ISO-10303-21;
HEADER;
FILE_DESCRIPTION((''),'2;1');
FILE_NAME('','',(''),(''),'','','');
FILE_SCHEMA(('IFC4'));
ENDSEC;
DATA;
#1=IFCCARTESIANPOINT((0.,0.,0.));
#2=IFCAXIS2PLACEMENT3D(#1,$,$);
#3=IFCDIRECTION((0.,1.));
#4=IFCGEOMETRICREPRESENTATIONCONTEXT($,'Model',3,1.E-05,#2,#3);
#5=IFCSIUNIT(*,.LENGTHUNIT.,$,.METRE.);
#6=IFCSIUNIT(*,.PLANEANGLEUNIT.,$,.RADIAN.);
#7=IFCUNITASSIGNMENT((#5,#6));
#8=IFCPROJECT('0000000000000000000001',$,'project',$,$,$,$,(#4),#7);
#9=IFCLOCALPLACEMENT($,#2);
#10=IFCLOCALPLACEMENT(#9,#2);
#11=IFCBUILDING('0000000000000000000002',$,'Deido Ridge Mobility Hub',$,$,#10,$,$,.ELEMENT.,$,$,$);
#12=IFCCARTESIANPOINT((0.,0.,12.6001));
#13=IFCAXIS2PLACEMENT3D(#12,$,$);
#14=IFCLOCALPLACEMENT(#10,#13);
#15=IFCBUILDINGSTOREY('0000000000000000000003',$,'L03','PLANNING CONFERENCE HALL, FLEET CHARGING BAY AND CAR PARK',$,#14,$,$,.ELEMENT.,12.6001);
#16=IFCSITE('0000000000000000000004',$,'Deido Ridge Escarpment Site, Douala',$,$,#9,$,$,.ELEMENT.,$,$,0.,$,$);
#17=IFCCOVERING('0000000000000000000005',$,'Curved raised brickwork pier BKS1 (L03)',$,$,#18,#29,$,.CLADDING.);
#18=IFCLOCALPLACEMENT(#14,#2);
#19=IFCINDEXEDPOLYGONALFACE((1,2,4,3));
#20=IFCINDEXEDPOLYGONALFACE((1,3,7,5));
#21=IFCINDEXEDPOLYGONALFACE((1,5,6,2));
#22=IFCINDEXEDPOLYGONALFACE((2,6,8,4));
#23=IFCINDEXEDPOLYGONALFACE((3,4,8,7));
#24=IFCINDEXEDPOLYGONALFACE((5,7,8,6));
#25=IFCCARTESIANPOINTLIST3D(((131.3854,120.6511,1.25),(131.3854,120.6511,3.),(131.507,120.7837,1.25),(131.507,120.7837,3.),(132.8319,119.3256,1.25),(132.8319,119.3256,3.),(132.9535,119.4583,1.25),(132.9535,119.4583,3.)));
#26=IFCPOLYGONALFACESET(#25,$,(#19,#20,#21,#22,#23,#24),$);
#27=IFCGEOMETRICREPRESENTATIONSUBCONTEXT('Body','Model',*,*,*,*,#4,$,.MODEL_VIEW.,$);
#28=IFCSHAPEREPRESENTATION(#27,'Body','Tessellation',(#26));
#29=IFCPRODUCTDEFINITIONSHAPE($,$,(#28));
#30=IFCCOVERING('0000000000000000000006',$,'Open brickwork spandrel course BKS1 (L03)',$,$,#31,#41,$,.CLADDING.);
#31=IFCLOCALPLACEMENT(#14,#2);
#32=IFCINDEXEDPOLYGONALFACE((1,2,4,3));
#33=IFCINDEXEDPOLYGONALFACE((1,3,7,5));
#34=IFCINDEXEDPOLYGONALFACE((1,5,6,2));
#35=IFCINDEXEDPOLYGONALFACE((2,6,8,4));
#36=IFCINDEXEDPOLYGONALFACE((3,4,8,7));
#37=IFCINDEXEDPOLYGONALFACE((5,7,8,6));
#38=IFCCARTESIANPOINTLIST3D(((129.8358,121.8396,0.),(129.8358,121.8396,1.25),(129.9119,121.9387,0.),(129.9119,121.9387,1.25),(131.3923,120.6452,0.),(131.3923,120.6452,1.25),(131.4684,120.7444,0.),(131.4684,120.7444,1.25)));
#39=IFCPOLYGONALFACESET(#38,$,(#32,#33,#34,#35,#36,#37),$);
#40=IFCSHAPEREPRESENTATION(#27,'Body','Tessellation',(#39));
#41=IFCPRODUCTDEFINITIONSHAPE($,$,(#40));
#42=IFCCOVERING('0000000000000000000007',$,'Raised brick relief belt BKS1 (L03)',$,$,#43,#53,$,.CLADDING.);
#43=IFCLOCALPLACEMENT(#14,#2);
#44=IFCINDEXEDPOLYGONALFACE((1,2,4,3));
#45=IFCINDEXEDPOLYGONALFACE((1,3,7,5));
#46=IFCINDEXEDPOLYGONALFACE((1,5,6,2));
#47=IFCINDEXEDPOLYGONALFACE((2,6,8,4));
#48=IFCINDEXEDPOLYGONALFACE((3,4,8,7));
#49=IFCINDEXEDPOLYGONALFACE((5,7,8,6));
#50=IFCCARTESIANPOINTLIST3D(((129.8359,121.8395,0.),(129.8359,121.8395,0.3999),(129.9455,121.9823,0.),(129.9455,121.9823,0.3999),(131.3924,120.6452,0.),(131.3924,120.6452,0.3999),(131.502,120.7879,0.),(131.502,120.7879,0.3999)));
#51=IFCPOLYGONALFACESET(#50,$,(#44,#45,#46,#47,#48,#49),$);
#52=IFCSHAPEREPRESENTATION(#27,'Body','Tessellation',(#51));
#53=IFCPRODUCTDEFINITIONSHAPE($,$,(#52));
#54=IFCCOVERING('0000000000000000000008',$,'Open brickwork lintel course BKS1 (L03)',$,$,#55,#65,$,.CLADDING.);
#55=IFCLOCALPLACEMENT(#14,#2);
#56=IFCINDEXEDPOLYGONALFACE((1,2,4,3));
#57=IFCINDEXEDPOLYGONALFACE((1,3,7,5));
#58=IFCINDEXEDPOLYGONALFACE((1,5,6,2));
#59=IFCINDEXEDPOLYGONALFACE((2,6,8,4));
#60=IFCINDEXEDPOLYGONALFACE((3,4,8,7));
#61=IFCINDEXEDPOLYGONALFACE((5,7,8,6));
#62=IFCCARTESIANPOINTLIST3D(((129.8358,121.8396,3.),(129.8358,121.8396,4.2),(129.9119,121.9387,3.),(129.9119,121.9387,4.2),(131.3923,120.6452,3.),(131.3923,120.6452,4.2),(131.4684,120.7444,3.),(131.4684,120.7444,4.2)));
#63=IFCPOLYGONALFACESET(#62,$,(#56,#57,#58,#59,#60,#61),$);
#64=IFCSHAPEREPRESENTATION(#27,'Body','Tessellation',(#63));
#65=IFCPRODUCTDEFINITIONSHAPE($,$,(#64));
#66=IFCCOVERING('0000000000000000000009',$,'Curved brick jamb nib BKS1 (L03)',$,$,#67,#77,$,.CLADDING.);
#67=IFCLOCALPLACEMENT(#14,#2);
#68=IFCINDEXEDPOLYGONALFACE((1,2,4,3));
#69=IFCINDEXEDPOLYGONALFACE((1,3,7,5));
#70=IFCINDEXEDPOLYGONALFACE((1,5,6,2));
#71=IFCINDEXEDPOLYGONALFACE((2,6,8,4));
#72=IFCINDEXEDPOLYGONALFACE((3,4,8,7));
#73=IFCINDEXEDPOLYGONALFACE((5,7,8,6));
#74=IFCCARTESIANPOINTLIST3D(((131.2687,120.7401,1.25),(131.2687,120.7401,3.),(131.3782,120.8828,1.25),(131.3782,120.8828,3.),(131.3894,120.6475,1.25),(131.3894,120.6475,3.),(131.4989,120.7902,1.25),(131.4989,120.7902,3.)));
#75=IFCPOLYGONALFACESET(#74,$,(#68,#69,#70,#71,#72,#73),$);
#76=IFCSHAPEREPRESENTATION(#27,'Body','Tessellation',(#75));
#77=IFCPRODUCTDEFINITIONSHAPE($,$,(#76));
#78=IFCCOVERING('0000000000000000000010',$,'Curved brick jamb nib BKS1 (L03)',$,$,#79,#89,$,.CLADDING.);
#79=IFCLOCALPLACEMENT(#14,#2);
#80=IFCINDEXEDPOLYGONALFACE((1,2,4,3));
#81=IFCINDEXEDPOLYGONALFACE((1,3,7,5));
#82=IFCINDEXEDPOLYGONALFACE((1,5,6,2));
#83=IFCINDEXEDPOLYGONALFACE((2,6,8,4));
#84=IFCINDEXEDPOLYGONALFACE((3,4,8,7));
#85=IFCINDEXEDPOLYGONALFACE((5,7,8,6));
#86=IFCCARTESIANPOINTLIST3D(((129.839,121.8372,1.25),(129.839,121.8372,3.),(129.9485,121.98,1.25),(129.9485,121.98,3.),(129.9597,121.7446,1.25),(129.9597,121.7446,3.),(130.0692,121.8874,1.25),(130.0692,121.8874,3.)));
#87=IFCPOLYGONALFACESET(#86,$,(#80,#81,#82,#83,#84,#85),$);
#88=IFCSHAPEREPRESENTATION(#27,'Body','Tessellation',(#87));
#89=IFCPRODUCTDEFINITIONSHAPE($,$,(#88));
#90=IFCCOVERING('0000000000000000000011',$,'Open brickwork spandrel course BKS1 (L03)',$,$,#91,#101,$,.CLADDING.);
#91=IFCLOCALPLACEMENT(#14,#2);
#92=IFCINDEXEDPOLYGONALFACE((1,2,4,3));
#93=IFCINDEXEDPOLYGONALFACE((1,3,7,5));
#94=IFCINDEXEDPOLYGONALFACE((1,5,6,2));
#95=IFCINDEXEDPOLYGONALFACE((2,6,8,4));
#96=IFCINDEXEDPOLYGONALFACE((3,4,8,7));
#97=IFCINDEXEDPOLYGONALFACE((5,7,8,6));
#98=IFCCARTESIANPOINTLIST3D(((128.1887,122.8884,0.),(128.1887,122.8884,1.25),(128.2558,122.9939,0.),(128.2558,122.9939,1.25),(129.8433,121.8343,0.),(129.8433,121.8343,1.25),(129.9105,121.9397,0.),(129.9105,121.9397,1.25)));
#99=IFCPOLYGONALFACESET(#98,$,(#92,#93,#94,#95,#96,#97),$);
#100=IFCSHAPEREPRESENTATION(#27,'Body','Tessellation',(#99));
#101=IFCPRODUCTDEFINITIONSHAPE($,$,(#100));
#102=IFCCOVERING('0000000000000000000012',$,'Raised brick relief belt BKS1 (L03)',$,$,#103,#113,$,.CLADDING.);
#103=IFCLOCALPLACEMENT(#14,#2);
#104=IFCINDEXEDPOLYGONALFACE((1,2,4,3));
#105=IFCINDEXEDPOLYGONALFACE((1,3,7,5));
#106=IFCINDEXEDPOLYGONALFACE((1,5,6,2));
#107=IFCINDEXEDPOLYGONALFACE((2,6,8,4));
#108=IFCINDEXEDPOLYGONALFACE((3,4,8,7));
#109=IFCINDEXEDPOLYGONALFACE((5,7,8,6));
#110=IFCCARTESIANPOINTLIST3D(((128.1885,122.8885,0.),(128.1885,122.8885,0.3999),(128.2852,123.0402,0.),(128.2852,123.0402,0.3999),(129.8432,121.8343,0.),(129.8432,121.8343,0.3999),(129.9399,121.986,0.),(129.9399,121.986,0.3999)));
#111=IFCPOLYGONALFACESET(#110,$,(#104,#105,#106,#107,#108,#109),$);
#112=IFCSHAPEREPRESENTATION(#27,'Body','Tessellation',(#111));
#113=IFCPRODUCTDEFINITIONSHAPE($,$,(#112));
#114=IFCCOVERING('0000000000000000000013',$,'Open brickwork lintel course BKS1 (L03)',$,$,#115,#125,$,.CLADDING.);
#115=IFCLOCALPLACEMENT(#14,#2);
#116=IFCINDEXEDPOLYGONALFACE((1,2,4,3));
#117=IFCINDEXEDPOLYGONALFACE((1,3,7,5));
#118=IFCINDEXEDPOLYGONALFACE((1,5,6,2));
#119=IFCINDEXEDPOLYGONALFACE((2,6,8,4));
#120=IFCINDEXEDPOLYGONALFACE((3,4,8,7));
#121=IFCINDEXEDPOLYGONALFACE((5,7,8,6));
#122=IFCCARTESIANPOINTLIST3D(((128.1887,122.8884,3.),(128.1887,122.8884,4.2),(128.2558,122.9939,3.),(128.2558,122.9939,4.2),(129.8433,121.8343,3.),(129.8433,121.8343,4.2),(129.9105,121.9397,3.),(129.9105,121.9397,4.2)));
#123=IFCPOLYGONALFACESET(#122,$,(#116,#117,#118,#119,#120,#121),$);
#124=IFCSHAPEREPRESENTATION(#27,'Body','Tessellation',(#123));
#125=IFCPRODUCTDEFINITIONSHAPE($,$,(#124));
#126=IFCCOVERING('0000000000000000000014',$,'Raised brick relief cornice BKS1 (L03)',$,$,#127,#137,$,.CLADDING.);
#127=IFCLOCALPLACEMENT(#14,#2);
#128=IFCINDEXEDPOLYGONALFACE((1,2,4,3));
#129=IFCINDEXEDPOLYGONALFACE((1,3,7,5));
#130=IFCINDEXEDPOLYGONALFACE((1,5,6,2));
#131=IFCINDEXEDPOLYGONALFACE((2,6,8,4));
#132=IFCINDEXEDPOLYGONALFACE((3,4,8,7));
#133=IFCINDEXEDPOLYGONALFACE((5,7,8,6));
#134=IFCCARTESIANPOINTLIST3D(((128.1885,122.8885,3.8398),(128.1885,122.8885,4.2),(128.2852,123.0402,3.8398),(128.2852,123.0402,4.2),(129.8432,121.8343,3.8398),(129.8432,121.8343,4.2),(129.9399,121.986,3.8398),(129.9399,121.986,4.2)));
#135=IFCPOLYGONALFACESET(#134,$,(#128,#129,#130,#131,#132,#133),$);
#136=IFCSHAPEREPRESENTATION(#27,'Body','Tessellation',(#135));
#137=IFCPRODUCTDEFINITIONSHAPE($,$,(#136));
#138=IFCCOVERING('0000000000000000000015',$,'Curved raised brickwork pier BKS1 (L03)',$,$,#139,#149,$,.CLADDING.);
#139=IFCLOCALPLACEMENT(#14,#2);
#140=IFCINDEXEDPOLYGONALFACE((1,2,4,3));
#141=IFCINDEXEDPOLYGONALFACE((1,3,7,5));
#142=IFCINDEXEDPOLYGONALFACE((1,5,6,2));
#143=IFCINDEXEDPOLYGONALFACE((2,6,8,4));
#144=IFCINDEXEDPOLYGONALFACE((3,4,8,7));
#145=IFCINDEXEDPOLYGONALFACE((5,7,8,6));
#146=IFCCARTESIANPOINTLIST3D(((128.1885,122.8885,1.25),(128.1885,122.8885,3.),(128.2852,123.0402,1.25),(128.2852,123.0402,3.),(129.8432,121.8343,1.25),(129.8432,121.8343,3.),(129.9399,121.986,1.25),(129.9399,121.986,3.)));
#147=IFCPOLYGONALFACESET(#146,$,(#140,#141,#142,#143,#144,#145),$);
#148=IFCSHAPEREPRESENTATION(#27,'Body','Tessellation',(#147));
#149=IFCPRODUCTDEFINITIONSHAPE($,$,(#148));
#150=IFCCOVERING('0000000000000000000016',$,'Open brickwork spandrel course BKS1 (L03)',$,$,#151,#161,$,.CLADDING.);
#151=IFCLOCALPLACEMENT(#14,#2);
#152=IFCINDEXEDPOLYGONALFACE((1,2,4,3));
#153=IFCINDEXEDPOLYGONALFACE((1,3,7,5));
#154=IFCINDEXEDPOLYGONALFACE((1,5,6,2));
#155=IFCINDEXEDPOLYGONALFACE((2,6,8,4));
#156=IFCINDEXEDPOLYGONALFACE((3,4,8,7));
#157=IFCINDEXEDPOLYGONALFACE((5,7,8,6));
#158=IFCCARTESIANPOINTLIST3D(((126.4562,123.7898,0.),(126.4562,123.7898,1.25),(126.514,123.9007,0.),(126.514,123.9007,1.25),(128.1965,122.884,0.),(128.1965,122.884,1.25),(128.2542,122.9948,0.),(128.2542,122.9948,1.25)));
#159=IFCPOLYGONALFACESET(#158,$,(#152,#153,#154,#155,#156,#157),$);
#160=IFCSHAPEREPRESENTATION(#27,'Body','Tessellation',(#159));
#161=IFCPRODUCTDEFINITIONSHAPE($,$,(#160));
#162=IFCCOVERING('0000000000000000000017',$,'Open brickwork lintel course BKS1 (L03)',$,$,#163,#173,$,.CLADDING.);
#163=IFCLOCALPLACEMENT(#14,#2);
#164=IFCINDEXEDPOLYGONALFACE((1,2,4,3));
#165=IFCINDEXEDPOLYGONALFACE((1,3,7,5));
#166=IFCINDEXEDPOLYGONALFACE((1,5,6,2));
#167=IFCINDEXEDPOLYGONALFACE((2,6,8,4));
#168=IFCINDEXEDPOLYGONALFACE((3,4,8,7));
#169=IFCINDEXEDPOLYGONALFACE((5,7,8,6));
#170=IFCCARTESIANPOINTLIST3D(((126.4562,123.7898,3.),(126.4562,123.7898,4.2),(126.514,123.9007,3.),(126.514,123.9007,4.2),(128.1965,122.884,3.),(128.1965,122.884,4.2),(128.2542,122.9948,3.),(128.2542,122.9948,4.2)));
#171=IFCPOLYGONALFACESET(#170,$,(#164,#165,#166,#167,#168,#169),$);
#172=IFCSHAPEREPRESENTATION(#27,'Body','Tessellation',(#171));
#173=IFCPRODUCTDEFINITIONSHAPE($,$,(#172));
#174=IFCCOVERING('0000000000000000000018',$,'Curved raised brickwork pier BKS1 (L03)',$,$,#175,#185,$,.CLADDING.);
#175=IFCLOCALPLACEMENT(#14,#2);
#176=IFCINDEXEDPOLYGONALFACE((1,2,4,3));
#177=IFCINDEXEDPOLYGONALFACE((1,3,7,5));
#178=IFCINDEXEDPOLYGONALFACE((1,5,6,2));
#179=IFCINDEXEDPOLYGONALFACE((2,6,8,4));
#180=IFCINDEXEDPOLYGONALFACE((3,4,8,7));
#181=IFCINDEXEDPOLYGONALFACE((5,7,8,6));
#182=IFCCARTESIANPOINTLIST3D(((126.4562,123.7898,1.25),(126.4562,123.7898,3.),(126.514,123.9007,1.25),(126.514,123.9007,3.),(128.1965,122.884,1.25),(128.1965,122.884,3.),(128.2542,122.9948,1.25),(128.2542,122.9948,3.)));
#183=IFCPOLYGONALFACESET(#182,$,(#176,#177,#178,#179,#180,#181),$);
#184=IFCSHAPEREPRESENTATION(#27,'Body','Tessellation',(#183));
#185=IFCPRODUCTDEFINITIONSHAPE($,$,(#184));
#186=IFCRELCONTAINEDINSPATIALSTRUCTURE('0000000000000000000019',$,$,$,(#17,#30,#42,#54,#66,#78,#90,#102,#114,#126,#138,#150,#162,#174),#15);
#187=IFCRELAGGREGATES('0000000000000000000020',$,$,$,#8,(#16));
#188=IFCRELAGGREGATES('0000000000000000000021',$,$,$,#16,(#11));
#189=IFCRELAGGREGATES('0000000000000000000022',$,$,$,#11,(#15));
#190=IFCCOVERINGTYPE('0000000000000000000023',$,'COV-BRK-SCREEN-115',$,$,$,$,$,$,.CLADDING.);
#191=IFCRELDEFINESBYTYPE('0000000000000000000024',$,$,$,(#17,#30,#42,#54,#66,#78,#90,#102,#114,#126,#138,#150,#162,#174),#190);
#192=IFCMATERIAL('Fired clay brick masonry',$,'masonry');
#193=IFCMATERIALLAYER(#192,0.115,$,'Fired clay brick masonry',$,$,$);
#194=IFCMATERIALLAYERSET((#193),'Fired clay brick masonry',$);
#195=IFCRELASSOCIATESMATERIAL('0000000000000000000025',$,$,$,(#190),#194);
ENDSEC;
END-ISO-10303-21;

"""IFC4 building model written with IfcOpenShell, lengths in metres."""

from ifc_helpers import new_model, si_unit, direction, frame, origin, origin_2d, place, context, subcontext, project, spatial, rectangle, extrude, material, layer, layer_set, type_object, element, save


model = new_model("IFC4")

# Units and contexts
model_context = context("Model", 3, precision=1e-05, world=origin(), true_north=direction((0.0, 1.0)))
body_context = subcontext(model_context, "Body", "Model", "MODEL_VIEW")
ifc_project = project(units=[si_unit("LENGTHUNIT", "METRE"), si_unit("PLANEANGLEUNIT", "RADIAN")], contexts=[model_context])

# Site, building, storey
site_placement = place(None, origin())
site = spatial("IfcSite", under=ifc_project, at=site_placement, Name="Deido Ridge Escarpment Site, Douala", CompositionType="ELEMENT", RefElevation=0.0)
building_placement = place(site_placement, origin())
building = spatial("IfcBuilding", under=site, at=building_placement, Name="Deido Ridge Mobility Hub", CompositionType="ELEMENT")
storey_placement = place(building_placement, frame((0.0, 0.0, 12.6001)))
storey = spatial("IfcBuildingStorey", under=building, at=storey_placement, Name="L03", Description="PLANNING CONFERENCE HALL, FLEET CHARGING BAY AND CAR PARK", CompositionType="ELEMENT", Elevation=12.6001)

# Coverings
ifc_material_1 = material(Name="Fired clay brick masonry", Category="masonry")
ifc_layer = layer(ifc_material_1, 0.115, Name="Fired clay brick masonry")
ifc_layer_set = layer_set([ifc_layer], Name="Fired clay brick masonry")
covering_type = type_object("IfcCoveringType", Name="COV-BRK-SCREEN-115", PredefinedType="CLADDING", material=ifc_layer_set)
covering_1_placement = place(storey_placement, frame((132.1694, 120.0547, 1.25), z_axis=(0.0, 0.0, 1.0), x_axis=(-0.737289, 0.675577, 0.0)))
element("IfcCovering", 1, at=covering_1_placement, inside=storey, type_object=covering_type, Name="Curved raised brickwork pier BKS1 (L03)", PredefinedType="CLADDING", context=body_context, shape_type="SweptSolid", body=[
    extrude(rectangle(XDim=1.9619, YDim=0.1799, at=origin_2d()), origin(), (0.0, 0.0, 1.0), 1.75),
])
covering_2_placement = place(storey_placement, frame((130.6521, 121.292, 0.0), z_axis=(0.0, 0.0, 1.0), x_axis=(-0.793353, 0.608761, 0.0)))
element("IfcCovering", 2, at=covering_2_placement, inside=storey, type_object=covering_type, Name="Open brickwork spandrel course BKS1 (L03)", PredefinedType="CLADDING", context=body_context, shape_type="SweptSolid", body=[
    extrude(rectangle(XDim=1.9619, YDim=0.125, at=origin_2d()), origin(), (0.0, 0.0, 1.0), 1.25),
])
covering_3_placement = place(storey_placement, frame((130.6689, 121.3137, 0.0), z_axis=(0.0, 0.0, 1.0), x_axis=(-0.793353, 0.608761, 0.0)))
element("IfcCovering", 3, at=covering_3_placement, inside=storey, type_object=covering_type, Name="Raised brick relief belt BKS1 (L03)", PredefinedType="CLADDING", context=body_context, shape_type="SweptSolid", body=[
    extrude(rectangle(XDim=1.9619, YDim=0.1799, at=origin_2d()), origin(), (0.0, 0.0, 1.0), 0.3999),
])
covering_4_placement = place(storey_placement, frame((130.6521, 121.292, 3.0), z_axis=(0.0, 0.0, 1.0), x_axis=(-0.793353, 0.608761, 0.0)))
element("IfcCovering", 4, at=covering_4_placement, inside=storey, type_object=covering_type, Name="Open brickwork lintel course BKS1 (L03)", PredefinedType="CLADDING", context=body_context, shape_type="SweptSolid", body=[
    extrude(rectangle(XDim=1.9619, YDim=0.125, at=origin_2d()), origin(), (0.0, 0.0, 1.0), 1.2),
])
for number, where, z_axis, x_axis, name in (
    (5, (131.3838, 120.7651, 1.25), (0.0, 0.0, 1.0), (-0.793353, 0.608761, 0.0), "Curved brick jamb nib BKS1 (L03)"),
    (6, (129.9541, 121.8623, 1.25), (0.0, 0.0, 1.0), (-0.793353, 0.608761, 0.0), "Curved brick jamb nib BKS1 (L03)"),
):
    element("IfcCovering", number, at=place(storey_placement, frame(where, z_axis=z_axis, x_axis=x_axis)), inside=storey, type_object=covering_type, Name=name, PredefinedType="CLADDING", context=body_context, shape_type="SweptSolid", body=[
        extrude(rectangle(XDim=0.1521, YDim=0.1799, at=origin_2d()), origin(), (0.0, 0.0, 1.0), 1.75),
    ])
covering_5_placement = place(storey_placement, frame((129.0496, 122.4141, 0.0), z_axis=(0.0, 0.0, 1.0), x_axis=(-0.843382, 0.537314, 0.0)))
element("IfcCovering", 7, at=covering_5_placement, inside=storey, type_object=covering_type, Name="Open brickwork spandrel course BKS1 (L03)", PredefinedType="CLADDING", context=body_context, shape_type="SweptSolid", body=[
    extrude(rectangle(XDim=1.9619, YDim=0.125, at=origin_2d()), origin(), (0.0, 0.0, 1.0), 1.25),
])
covering_6_placement = place(storey_placement, frame((129.0642, 122.4373, 0.0), z_axis=(0.0, 0.0, 1.0), x_axis=(-0.843382, 0.537314, 0.0)))
element("IfcCovering", 8, at=covering_6_placement, inside=storey, type_object=covering_type, Name="Raised brick relief belt BKS1 (L03)", PredefinedType="CLADDING", context=body_context, shape_type="SweptSolid", body=[
    extrude(rectangle(XDim=1.9619, YDim=0.1799, at=origin_2d()), origin(), (0.0, 0.0, 1.0), 0.3999),
])
covering_7_placement = place(storey_placement, frame((129.0496, 122.4141, 3.0), z_axis=(0.0, 0.0, 1.0), x_axis=(-0.843382, 0.537314, 0.0)))
element("IfcCovering", 9, at=covering_7_placement, inside=storey, type_object=covering_type, Name="Open brickwork lintel course BKS1 (L03)", PredefinedType="CLADDING", context=body_context, shape_type="SweptSolid", body=[
    extrude(rectangle(XDim=1.9619, YDim=0.125, at=origin_2d()), origin(), (0.0, 0.0, 1.0), 1.2),
])
covering_8_placement = place(storey_placement, frame((129.0642, 122.4373, 3.8398), z_axis=(0.0, 0.0, 1.0), x_axis=(-0.843382, 0.537314, 0.0)))
element("IfcCovering", 10, at=covering_8_placement, inside=storey, type_object=covering_type, Name="Raised brick relief cornice BKS1 (L03)", PredefinedType="CLADDING", context=body_context, shape_type="SweptSolid", body=[
    extrude(rectangle(XDim=1.9619, YDim=0.1799, at=origin_2d()), origin(), (0.0, 0.0, 1.0), 0.3601),
])
covering_9_placement = place(storey_placement, frame((129.0642, 122.4373, 1.25), z_axis=(0.0, 0.0, 1.0), x_axis=(-0.843382, 0.537314, 0.0)))
element("IfcCovering", 11, at=covering_9_placement, inside=storey, type_object=covering_type, Name="Curved raised brickwork pier BKS1 (L03)", PredefinedType="CLADDING", context=body_context, shape_type="SweptSolid", body=[
    extrude(rectangle(XDim=1.9619, YDim=0.1799, at=origin_2d()), origin(), (0.0, 0.0, 1.0), 1.75),
])
covering_10_placement = place(storey_placement, frame((127.3552, 123.3923, 0.0), z_axis=(0.0, 0.0, 1.0), x_axis=(-0.887019, 0.461733, 0.0)))
element("IfcCovering", 12, at=covering_10_placement, inside=storey, type_object=covering_type, Name="Open brickwork spandrel course BKS1 (L03)", PredefinedType="CLADDING", context=body_context, shape_type="SweptSolid", body=[
    extrude(rectangle(XDim=1.9619, YDim=0.125, at=origin_2d()), origin(), (0.0, 0.0, 1.0), 1.25),
])
covering_11_placement = place(storey_placement, frame((127.3552, 123.3923, 3.0), z_axis=(0.0, 0.0, 1.0), x_axis=(-0.887019, 0.461733, 0.0)))
element("IfcCovering", 13, at=covering_11_placement, inside=storey, type_object=covering_type, Name="Open brickwork lintel course BKS1 (L03)", PredefinedType="CLADDING", context=body_context, shape_type="SweptSolid", body=[
    extrude(rectangle(XDim=1.9619, YDim=0.125, at=origin_2d()), origin(), (0.0, 0.0, 1.0), 1.2),
])
covering_12_placement = place(storey_placement, frame((127.3552, 123.3923, 1.25), z_axis=(0.0, 0.0, 1.0), x_axis=(-0.887019, 0.461733, 0.0)))
element("IfcCovering", 14, at=covering_12_placement, inside=storey, type_object=covering_type, Name="Curved raised brickwork pier BKS1 (L03)", PredefinedType="CLADDING", context=body_context, shape_type="SweptSolid", body=[
    extrude(rectangle(XDim=1.9619, YDim=0.125, at=origin_2d()), origin(), (0.0, 0.0, 1.0), 1.75),
])

save(model, "model.ifc")
